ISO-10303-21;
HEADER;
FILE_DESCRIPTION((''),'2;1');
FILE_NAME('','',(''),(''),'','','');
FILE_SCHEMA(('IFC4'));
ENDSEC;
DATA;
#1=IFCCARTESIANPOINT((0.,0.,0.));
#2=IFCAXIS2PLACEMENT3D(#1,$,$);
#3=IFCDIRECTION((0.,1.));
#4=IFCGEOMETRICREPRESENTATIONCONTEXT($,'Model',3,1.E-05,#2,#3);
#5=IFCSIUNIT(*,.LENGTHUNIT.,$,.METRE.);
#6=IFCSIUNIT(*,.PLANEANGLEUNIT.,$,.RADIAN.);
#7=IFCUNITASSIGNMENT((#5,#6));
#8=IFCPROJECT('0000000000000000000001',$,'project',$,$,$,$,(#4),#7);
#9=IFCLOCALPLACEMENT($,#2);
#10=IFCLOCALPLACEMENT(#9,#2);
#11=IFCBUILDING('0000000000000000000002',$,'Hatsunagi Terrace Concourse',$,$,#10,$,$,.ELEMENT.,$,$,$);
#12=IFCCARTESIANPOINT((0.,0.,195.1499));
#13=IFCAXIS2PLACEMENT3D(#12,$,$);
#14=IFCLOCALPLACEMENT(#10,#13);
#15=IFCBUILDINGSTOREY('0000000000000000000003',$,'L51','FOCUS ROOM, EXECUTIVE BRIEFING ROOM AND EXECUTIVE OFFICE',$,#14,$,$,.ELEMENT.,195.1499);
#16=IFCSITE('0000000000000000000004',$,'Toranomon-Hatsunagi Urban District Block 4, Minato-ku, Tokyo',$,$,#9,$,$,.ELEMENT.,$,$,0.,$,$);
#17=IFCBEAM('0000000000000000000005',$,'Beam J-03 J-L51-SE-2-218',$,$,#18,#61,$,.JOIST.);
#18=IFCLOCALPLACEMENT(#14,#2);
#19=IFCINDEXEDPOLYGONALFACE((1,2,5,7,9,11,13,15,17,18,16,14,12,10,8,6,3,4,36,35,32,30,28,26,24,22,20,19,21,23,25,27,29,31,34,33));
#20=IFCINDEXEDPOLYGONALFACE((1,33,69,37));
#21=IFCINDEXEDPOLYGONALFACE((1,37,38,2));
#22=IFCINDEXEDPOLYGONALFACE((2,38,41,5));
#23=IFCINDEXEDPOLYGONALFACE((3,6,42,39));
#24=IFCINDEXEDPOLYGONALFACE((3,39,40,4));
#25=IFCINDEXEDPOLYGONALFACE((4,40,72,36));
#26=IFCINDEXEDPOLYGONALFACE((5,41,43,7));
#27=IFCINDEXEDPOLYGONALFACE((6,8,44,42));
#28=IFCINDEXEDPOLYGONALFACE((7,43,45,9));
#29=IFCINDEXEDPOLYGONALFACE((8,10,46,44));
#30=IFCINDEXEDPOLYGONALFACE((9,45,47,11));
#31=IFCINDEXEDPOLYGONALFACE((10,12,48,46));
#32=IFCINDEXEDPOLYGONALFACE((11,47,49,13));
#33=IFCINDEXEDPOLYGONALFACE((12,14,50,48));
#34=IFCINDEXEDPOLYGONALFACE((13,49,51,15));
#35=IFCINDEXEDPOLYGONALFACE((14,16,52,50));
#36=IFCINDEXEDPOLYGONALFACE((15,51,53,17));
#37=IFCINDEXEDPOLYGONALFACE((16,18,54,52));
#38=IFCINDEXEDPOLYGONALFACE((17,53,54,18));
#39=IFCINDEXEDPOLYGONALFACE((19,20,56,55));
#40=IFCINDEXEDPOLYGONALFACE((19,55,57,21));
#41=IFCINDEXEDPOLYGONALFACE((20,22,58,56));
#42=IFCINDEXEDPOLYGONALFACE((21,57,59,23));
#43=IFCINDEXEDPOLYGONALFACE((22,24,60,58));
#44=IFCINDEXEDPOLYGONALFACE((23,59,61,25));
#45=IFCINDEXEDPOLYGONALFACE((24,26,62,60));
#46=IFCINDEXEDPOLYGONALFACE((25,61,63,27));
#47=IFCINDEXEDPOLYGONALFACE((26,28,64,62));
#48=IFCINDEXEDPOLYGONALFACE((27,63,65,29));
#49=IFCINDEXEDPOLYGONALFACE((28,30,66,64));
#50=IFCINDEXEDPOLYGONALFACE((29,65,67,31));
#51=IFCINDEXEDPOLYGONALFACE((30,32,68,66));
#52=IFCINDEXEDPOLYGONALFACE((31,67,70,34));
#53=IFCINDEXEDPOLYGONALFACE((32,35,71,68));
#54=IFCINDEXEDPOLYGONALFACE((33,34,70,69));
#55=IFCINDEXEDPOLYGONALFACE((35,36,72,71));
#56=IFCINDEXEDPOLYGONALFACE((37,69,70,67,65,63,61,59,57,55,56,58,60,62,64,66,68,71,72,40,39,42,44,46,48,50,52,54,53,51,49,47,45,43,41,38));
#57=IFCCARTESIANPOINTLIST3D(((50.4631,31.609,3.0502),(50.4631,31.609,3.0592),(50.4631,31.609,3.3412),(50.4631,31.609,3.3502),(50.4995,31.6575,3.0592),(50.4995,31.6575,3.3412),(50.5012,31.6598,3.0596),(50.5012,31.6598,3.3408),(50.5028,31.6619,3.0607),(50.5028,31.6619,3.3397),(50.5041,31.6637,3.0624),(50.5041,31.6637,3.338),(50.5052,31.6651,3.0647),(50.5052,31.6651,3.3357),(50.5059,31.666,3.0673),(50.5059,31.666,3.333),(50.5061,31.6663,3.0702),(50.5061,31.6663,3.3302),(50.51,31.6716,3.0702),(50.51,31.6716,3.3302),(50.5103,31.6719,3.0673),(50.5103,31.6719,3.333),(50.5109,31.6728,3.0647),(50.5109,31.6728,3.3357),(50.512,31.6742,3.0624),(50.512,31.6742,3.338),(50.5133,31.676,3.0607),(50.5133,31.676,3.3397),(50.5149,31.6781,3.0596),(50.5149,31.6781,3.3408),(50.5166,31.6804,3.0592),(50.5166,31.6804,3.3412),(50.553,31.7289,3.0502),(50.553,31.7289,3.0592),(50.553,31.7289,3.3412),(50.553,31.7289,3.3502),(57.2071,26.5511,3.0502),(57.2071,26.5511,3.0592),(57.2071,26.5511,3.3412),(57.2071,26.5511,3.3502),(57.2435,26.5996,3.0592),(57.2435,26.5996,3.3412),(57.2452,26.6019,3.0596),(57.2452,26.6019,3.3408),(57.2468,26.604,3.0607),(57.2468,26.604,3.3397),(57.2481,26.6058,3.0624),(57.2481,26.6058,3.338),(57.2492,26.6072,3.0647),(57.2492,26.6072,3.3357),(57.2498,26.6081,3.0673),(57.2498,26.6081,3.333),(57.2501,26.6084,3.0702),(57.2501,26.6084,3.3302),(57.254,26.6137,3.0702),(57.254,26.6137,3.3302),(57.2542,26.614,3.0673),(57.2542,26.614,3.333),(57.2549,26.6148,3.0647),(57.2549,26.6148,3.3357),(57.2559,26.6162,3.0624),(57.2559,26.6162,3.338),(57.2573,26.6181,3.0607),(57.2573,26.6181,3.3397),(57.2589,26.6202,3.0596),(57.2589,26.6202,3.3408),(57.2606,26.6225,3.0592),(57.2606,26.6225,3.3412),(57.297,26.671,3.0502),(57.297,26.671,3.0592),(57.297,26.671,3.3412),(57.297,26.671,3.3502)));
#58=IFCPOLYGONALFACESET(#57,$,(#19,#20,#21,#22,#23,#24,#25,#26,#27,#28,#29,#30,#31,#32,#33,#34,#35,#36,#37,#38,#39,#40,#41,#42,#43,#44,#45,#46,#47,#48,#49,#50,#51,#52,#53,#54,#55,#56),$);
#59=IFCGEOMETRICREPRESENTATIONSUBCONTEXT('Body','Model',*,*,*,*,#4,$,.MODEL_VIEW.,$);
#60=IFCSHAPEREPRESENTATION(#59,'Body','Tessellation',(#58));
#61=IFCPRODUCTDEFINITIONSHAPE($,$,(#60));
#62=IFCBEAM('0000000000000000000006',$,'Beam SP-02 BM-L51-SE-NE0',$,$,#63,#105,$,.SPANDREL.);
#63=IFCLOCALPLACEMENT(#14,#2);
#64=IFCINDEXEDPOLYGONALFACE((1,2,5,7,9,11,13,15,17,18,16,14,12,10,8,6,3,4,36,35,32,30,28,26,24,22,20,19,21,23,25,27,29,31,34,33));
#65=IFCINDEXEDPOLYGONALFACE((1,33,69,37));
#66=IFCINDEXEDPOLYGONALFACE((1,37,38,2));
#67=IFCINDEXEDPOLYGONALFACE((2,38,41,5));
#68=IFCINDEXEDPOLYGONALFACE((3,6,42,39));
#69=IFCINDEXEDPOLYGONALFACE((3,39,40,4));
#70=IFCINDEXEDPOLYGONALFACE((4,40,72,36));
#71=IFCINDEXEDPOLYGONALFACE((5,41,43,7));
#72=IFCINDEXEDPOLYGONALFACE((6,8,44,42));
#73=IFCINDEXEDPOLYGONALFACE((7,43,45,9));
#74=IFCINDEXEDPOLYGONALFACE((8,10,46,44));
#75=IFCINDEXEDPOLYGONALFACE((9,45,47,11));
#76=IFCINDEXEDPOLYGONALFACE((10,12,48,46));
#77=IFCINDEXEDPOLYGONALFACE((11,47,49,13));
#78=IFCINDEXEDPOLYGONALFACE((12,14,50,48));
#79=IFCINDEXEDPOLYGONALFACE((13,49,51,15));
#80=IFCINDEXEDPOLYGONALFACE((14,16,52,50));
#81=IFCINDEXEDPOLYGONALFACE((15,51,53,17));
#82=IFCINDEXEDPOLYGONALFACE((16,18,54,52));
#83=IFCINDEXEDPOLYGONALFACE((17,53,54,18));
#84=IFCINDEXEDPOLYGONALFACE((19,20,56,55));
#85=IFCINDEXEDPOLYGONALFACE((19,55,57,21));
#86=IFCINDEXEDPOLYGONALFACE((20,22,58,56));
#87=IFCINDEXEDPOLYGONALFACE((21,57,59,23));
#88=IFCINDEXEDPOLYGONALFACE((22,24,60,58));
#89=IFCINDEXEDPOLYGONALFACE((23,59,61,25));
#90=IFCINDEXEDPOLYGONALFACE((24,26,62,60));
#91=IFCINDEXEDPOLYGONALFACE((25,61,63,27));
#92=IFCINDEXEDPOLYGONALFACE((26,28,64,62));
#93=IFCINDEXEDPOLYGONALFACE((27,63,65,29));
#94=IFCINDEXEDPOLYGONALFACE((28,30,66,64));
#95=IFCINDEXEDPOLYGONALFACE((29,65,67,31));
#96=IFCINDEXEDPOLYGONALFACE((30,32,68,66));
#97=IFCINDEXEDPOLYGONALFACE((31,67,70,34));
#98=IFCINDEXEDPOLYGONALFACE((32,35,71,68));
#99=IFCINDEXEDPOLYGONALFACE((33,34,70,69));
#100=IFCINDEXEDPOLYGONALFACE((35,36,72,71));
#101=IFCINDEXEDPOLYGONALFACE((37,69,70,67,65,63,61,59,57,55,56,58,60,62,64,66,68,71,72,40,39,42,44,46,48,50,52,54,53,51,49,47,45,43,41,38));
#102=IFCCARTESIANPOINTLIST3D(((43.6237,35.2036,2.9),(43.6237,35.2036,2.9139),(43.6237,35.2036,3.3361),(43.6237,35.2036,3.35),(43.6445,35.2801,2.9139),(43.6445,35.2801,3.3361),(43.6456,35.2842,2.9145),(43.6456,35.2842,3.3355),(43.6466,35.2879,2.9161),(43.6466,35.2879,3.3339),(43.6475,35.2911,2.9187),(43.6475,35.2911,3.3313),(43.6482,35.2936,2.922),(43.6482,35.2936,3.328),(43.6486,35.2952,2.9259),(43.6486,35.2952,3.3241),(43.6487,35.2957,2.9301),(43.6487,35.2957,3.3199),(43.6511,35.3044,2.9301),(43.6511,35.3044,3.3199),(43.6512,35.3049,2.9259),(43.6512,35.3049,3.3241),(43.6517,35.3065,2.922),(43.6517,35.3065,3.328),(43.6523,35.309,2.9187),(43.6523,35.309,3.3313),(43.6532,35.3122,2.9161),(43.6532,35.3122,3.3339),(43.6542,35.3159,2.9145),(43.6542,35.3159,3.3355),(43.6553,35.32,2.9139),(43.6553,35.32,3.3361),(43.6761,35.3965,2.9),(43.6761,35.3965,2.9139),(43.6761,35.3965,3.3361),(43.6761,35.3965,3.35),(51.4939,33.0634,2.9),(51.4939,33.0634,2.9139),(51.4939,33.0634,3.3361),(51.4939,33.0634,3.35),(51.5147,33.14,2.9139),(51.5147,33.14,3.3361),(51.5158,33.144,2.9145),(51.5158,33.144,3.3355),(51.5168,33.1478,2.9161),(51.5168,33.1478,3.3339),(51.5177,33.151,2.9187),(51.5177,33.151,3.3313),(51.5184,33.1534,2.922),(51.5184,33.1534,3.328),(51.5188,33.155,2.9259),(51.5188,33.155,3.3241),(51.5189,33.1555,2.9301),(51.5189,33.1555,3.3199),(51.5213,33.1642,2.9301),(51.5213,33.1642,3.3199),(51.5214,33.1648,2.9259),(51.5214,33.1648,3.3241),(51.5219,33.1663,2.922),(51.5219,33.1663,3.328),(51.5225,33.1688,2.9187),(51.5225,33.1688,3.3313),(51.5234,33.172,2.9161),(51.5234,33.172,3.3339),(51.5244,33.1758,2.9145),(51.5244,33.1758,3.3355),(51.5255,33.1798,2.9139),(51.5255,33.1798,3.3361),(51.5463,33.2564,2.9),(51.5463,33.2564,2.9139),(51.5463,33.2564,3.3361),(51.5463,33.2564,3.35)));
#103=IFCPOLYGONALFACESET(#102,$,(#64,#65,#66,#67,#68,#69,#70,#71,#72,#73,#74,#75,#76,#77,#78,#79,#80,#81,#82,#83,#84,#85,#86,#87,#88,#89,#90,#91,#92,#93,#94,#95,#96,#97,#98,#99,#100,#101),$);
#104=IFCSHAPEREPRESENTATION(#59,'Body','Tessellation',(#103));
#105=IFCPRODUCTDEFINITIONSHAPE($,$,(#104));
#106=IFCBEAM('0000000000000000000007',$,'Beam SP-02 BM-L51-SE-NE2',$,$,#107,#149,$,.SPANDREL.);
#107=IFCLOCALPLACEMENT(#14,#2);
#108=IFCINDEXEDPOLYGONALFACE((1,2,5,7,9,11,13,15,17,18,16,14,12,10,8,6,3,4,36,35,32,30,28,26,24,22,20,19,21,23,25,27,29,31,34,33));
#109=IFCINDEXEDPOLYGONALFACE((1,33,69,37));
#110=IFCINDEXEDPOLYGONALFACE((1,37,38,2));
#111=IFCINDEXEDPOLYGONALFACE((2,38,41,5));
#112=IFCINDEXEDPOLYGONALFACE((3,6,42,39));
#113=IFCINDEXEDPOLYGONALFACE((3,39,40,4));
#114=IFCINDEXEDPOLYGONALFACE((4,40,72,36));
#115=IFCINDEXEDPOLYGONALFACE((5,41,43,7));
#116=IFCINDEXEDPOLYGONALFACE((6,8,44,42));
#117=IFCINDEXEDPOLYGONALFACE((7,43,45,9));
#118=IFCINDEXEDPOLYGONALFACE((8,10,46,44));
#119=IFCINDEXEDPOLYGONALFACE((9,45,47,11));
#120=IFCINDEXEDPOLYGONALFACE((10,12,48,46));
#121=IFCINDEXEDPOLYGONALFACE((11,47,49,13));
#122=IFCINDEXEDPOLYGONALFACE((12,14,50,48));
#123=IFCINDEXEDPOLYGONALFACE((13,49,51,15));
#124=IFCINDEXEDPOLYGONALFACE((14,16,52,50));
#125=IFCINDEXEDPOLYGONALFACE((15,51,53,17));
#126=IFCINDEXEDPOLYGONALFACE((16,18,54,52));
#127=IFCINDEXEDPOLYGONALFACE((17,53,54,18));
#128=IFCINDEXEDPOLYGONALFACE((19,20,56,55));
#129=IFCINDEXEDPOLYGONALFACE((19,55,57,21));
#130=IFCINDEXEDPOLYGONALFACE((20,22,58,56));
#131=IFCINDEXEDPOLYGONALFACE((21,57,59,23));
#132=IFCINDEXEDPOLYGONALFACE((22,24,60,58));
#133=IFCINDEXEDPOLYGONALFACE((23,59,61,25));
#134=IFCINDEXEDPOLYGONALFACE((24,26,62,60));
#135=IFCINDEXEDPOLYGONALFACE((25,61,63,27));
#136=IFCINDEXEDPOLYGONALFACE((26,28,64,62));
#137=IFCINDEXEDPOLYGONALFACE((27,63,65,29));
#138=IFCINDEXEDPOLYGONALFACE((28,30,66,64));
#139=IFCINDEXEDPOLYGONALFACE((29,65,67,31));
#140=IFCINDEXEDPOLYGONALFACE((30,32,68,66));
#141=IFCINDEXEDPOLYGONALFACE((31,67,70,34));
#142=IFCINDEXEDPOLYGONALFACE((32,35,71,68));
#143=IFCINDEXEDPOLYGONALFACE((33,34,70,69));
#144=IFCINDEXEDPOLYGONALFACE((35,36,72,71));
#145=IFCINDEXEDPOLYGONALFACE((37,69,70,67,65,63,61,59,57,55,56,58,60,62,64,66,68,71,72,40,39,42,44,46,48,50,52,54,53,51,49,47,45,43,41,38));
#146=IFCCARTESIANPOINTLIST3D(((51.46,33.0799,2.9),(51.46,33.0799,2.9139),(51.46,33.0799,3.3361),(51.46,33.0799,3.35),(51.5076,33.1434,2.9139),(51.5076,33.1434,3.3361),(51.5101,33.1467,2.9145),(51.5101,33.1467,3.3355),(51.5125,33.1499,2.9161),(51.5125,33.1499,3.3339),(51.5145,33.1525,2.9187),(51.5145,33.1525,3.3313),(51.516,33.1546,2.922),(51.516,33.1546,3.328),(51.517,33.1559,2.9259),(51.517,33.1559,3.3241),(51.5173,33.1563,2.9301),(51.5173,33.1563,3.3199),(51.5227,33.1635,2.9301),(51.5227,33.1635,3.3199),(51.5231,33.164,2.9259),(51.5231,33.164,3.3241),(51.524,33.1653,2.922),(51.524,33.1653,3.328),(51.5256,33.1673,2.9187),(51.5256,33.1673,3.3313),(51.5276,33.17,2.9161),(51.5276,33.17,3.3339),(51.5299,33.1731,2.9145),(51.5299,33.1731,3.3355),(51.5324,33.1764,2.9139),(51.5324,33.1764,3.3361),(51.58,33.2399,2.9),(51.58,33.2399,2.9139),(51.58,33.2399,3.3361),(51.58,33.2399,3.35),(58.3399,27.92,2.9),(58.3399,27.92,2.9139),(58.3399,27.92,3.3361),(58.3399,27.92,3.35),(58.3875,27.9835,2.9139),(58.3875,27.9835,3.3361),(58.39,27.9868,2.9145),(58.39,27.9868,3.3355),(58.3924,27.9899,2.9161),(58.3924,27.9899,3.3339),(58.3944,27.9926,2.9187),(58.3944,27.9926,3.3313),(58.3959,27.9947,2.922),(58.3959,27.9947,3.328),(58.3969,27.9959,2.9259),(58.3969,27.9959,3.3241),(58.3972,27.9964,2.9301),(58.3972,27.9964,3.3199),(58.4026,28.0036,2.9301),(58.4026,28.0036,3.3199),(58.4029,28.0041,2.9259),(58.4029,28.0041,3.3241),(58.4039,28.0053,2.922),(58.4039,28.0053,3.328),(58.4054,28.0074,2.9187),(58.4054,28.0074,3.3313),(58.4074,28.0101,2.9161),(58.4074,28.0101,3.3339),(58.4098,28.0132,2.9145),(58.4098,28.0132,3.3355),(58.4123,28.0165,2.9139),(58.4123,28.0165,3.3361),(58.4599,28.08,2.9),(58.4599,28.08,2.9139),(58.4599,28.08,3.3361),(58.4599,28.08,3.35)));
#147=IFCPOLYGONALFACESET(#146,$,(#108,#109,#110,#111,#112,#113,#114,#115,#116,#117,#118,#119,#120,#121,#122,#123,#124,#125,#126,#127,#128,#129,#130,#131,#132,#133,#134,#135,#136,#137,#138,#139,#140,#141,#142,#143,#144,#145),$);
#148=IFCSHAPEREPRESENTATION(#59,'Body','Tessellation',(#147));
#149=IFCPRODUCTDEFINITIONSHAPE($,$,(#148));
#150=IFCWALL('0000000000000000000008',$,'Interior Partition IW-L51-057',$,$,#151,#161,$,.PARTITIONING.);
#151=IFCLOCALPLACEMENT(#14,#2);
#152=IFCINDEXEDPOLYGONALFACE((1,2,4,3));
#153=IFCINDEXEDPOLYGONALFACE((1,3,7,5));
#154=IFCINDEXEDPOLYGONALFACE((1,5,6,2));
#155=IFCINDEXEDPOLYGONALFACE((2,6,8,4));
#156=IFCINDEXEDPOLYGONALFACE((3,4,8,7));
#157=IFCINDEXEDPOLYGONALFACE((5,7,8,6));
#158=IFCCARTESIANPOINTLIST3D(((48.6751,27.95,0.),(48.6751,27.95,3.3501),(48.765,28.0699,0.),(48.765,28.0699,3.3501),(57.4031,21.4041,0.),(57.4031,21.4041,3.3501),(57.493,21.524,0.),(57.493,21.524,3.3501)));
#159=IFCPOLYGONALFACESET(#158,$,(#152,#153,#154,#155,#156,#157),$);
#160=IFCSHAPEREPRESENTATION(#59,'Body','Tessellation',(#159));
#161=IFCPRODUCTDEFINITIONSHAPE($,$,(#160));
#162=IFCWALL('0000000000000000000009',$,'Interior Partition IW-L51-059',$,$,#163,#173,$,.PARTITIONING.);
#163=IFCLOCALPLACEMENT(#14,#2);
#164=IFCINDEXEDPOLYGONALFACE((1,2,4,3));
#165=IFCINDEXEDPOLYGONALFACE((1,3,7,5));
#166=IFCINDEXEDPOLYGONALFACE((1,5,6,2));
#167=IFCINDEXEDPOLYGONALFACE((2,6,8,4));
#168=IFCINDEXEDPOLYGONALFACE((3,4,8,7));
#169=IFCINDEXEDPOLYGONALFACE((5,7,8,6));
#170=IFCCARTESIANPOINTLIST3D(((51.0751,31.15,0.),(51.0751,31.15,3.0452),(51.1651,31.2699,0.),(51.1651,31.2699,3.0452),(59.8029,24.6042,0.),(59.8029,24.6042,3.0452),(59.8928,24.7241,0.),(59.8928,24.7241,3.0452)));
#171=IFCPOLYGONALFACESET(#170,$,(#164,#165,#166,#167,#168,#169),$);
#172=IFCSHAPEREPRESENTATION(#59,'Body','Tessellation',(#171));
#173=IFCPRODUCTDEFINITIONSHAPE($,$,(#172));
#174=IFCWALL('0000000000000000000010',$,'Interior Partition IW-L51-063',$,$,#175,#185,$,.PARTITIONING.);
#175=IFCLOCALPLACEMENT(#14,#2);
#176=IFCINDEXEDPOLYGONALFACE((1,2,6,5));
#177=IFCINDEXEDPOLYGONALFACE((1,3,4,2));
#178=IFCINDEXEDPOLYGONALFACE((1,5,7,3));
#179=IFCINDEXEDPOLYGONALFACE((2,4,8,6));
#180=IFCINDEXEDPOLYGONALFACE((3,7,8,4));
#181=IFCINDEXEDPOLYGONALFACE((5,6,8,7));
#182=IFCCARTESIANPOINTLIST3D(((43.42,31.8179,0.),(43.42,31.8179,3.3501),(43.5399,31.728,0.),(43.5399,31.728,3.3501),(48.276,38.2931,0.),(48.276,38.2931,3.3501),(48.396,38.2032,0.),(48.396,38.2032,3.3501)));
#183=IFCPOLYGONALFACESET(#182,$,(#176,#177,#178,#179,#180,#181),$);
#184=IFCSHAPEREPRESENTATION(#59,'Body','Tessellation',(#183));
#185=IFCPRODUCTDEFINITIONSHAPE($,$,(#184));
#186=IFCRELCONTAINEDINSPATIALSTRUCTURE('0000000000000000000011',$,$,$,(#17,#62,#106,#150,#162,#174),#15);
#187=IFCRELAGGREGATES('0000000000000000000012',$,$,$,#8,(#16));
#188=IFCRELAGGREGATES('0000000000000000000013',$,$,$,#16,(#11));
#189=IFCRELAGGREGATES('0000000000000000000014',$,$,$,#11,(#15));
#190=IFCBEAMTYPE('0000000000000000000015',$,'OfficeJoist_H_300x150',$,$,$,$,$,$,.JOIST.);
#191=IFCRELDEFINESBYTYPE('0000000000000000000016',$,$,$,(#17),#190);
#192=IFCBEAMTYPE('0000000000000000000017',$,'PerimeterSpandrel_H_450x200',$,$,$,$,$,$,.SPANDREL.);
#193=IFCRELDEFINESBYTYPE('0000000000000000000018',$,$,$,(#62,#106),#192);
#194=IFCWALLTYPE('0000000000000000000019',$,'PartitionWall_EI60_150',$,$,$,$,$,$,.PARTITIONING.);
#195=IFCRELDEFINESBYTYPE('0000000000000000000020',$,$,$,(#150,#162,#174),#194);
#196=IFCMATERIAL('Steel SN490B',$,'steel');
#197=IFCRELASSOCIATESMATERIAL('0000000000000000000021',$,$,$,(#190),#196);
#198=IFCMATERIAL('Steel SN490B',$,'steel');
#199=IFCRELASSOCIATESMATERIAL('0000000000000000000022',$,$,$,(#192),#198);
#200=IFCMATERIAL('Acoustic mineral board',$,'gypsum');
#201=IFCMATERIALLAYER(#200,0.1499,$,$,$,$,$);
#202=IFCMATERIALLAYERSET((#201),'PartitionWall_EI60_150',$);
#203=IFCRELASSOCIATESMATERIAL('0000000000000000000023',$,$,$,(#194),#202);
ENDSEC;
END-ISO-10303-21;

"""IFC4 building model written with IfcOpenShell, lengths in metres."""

from ifc_helpers import new_model, si_unit, direction, frame, frame_2d, origin, origin_2d, place, context, subcontext, project, spatial, rectangle, i_section, extrude, material, layer, layer_set, material_profile, profile_set, type_object, element, save


model = new_model("IFC4")

# Units and contexts
model_context = context("Model", 3, precision=1e-05, world=origin(), true_north=direction((0.0, 1.0)))
body_context = subcontext(model_context, "Body", "Model", "MODEL_VIEW")
ifc_project = project(units=[si_unit("LENGTHUNIT", "METRE"), si_unit("PLANEANGLEUNIT", "RADIAN")], contexts=[model_context])

# Site, building, storey
site_placement = place(None, origin())
site = spatial("IfcSite", under=ifc_project, at=site_placement, Name="Toranomon-Hatsunagi Urban District Block 4, Minato-ku, Tokyo", CompositionType="ELEMENT", RefElevation=0.0)
building_placement = place(site_placement, origin())
building = spatial("IfcBuilding", under=site, at=building_placement, Name="Hatsunagi Terrace Concourse", CompositionType="ELEMENT")
storey_placement = place(building_placement, frame((0.0, 0.0, 195.1499)))
storey = spatial("IfcBuildingStorey", under=building, at=storey_placement, Name="L51", Description="FOCUS ROOM, EXECUTIVE BRIEFING ROOM AND EXECUTIVE OFFICE", CompositionType="ELEMENT", Elevation=195.1499)

# Beams
ifc_material_1 = material(Name="Steel SN490B", Category="steel")
ifc_material_profile_1 = material_profile(ifc_material_1, i_section(OverallWidth=0.1499, OverallDepth=0.3, WebThickness=0.0066, FlangeThickness=0.009, FilletRadius=0.011, at=origin_2d()), Name="H-300x150x6.5x9")
ifc_profile_set_1 = profile_set([ifc_material_profile_1], Name="Steel SN490B")
beam_type_1 = type_object("IfcBeamType", Name="OfficeJoist_H_300x150", PredefinedType="JOIST", material=ifc_profile_set_1)
for number, where, z_axis, x_axis, name in (
    (1, (50.5081, 31.6689, 3.2002), (0.800003, -0.599995, 0.0), (0.599995, 0.800003, 0.0), "Beam J-03 J-L51-SE-2-218"),
):
    element("IfcBeam", number, at=place(storey_placement, frame(where, z_axis=z_axis, x_axis=x_axis)), inside=storey, type_object=beam_type_1, Name=name, PredefinedType="JOIST", context=body_context, shape_type="SweptSolid", body=[
        extrude(i_section(OverallWidth=0.1499, OverallDepth=0.3, WebThickness=0.0066, FlangeThickness=0.009, FilletRadius=0.011, at=origin_2d()), origin(), (0.0, 0.0, 1.0), 8.4299),
    ])
ifc_material_2 = material(Name="Steel SN490B", Category="steel")
ifc_material_profile_2 = material_profile(ifc_material_2, i_section(OverallWidth=0.2, OverallDepth=0.45, WebThickness=0.009, FlangeThickness=0.0139, FilletRadius=0.0161, at=origin_2d()), Name="H-450x200x9x14")
ifc_profile_set_2 = profile_set([ifc_material_profile_2], Name="Steel SN490B")
beam_type_2 = type_object("IfcBeamType", Name="PerimeterSpandrel_H_450x200", PredefinedType="SPANDREL", material=ifc_profile_set_2)
beam_1_placement = place(storey_placement, frame((43.6499, 35.3, 3.125), z_axis=(0.964958, -0.262403, 0.0), x_axis=(0.262403, 0.964958, 0.0)))
element("IfcBeam", 2, at=beam_1_placement, inside=storey, type_object=beam_type_2, Name="Beam SP-02 BM-L51-SE-NE0", PredefinedType="SPANDREL", context=body_context, shape_type="SweptSolid", body=[
    extrude(i_section(OverallWidth=0.2, OverallDepth=0.45, WebThickness=0.009, FlangeThickness=0.0139, FilletRadius=0.0161, at=origin_2d()), origin(), (0.0, 0.0, 1.0), 8.156),
])
beam_2_placement = place(storey_placement, frame((51.52, 33.1599, 3.125), z_axis=(0.8, -0.6, 0.0), x_axis=(0.6, 0.8, 0.0)))
element("IfcBeam", 3, at=beam_2_placement, inside=storey, type_object=beam_type_2, Name="Beam SP-02 BM-L51-SE-NE2", PredefinedType="SPANDREL", context=body_context, shape_type="SweptSolid", body=[
    extrude(i_section(OverallWidth=0.2, OverallDepth=0.45, WebThickness=0.009, FlangeThickness=0.0139, FilletRadius=0.0161, at=origin_2d()), origin(), (0.0, 0.0, 1.0), 8.5999),
])

# Walls
ifc_material_3 = material(Name="Acoustic mineral board", Category="gypsum")
ifc_layer_1 = layer(ifc_material_3, 0.1499)
ifc_layer_set_1 = layer_set([ifc_layer_1], Name="PartitionWall_EI60_150")
wall_type_1 = type_object("IfcWallType", Name="PartitionWall_EI60_150", PredefinedType="PARTITIONING", material=ifc_layer_set_1)
wall_1_placement = place(storey_placement, frame((48.72, 28.01, 0.0), z_axis=(0.0, 0.0, 1.0), x_axis=(0.800005, -0.599993, 0.0)))
element("IfcWall", 4, at=wall_1_placement, inside=storey, type_object=wall_type_1, Name="Interior Partition IW-L51-057", PredefinedType="PARTITIONING", context=body_context, shape_type="SweptSolid", body=[
    extrude(rectangle(XDim=10.9099, YDim=0.1499, at=frame_2d((5.4551, 0.0))), origin(), (0.0, 0.0, 1.0), 3.3501),
])
wall_2_placement = place(storey_placement, frame((51.1201, 31.21, 0.0), z_axis=(0.0, 0.0, 1.0), x_axis=(0.799997, -0.600004, 0.0)))
element("IfcWall", 5, at=wall_2_placement, inside=storey, type_object=wall_type_1, Name="Interior Partition IW-L51-059", PredefinedType="PARTITIONING", context=body_context, shape_type="SweptSolid", body=[
    extrude(rectangle(XDim=10.9097, YDim=0.1499, at=frame_2d((5.4548, 0.0))), origin(), (0.0, 0.0, 1.0), 3.0452),
])

# Wall
wall_3_placement = place(storey_placement, frame((43.48, 31.7729, 0.0), z_axis=(0.0, 0.0, 1.0), x_axis=(0.599971, 0.800022, 0.0)))
element("IfcWall", 6, at=wall_3_placement, inside=storey, type_object=wall_type_1, Name="Interior Partition IW-L51-063", PredefinedType="PARTITIONING", context=body_context, shape_type="SweptSolid", body=[
    extrude(rectangle(XDim=8.0938, YDim=0.1499, at=frame_2d((4.0469, 0.0))), origin(), (0.0, 0.0, 1.0), 3.3501),
])

save(model, "model.ifc")
